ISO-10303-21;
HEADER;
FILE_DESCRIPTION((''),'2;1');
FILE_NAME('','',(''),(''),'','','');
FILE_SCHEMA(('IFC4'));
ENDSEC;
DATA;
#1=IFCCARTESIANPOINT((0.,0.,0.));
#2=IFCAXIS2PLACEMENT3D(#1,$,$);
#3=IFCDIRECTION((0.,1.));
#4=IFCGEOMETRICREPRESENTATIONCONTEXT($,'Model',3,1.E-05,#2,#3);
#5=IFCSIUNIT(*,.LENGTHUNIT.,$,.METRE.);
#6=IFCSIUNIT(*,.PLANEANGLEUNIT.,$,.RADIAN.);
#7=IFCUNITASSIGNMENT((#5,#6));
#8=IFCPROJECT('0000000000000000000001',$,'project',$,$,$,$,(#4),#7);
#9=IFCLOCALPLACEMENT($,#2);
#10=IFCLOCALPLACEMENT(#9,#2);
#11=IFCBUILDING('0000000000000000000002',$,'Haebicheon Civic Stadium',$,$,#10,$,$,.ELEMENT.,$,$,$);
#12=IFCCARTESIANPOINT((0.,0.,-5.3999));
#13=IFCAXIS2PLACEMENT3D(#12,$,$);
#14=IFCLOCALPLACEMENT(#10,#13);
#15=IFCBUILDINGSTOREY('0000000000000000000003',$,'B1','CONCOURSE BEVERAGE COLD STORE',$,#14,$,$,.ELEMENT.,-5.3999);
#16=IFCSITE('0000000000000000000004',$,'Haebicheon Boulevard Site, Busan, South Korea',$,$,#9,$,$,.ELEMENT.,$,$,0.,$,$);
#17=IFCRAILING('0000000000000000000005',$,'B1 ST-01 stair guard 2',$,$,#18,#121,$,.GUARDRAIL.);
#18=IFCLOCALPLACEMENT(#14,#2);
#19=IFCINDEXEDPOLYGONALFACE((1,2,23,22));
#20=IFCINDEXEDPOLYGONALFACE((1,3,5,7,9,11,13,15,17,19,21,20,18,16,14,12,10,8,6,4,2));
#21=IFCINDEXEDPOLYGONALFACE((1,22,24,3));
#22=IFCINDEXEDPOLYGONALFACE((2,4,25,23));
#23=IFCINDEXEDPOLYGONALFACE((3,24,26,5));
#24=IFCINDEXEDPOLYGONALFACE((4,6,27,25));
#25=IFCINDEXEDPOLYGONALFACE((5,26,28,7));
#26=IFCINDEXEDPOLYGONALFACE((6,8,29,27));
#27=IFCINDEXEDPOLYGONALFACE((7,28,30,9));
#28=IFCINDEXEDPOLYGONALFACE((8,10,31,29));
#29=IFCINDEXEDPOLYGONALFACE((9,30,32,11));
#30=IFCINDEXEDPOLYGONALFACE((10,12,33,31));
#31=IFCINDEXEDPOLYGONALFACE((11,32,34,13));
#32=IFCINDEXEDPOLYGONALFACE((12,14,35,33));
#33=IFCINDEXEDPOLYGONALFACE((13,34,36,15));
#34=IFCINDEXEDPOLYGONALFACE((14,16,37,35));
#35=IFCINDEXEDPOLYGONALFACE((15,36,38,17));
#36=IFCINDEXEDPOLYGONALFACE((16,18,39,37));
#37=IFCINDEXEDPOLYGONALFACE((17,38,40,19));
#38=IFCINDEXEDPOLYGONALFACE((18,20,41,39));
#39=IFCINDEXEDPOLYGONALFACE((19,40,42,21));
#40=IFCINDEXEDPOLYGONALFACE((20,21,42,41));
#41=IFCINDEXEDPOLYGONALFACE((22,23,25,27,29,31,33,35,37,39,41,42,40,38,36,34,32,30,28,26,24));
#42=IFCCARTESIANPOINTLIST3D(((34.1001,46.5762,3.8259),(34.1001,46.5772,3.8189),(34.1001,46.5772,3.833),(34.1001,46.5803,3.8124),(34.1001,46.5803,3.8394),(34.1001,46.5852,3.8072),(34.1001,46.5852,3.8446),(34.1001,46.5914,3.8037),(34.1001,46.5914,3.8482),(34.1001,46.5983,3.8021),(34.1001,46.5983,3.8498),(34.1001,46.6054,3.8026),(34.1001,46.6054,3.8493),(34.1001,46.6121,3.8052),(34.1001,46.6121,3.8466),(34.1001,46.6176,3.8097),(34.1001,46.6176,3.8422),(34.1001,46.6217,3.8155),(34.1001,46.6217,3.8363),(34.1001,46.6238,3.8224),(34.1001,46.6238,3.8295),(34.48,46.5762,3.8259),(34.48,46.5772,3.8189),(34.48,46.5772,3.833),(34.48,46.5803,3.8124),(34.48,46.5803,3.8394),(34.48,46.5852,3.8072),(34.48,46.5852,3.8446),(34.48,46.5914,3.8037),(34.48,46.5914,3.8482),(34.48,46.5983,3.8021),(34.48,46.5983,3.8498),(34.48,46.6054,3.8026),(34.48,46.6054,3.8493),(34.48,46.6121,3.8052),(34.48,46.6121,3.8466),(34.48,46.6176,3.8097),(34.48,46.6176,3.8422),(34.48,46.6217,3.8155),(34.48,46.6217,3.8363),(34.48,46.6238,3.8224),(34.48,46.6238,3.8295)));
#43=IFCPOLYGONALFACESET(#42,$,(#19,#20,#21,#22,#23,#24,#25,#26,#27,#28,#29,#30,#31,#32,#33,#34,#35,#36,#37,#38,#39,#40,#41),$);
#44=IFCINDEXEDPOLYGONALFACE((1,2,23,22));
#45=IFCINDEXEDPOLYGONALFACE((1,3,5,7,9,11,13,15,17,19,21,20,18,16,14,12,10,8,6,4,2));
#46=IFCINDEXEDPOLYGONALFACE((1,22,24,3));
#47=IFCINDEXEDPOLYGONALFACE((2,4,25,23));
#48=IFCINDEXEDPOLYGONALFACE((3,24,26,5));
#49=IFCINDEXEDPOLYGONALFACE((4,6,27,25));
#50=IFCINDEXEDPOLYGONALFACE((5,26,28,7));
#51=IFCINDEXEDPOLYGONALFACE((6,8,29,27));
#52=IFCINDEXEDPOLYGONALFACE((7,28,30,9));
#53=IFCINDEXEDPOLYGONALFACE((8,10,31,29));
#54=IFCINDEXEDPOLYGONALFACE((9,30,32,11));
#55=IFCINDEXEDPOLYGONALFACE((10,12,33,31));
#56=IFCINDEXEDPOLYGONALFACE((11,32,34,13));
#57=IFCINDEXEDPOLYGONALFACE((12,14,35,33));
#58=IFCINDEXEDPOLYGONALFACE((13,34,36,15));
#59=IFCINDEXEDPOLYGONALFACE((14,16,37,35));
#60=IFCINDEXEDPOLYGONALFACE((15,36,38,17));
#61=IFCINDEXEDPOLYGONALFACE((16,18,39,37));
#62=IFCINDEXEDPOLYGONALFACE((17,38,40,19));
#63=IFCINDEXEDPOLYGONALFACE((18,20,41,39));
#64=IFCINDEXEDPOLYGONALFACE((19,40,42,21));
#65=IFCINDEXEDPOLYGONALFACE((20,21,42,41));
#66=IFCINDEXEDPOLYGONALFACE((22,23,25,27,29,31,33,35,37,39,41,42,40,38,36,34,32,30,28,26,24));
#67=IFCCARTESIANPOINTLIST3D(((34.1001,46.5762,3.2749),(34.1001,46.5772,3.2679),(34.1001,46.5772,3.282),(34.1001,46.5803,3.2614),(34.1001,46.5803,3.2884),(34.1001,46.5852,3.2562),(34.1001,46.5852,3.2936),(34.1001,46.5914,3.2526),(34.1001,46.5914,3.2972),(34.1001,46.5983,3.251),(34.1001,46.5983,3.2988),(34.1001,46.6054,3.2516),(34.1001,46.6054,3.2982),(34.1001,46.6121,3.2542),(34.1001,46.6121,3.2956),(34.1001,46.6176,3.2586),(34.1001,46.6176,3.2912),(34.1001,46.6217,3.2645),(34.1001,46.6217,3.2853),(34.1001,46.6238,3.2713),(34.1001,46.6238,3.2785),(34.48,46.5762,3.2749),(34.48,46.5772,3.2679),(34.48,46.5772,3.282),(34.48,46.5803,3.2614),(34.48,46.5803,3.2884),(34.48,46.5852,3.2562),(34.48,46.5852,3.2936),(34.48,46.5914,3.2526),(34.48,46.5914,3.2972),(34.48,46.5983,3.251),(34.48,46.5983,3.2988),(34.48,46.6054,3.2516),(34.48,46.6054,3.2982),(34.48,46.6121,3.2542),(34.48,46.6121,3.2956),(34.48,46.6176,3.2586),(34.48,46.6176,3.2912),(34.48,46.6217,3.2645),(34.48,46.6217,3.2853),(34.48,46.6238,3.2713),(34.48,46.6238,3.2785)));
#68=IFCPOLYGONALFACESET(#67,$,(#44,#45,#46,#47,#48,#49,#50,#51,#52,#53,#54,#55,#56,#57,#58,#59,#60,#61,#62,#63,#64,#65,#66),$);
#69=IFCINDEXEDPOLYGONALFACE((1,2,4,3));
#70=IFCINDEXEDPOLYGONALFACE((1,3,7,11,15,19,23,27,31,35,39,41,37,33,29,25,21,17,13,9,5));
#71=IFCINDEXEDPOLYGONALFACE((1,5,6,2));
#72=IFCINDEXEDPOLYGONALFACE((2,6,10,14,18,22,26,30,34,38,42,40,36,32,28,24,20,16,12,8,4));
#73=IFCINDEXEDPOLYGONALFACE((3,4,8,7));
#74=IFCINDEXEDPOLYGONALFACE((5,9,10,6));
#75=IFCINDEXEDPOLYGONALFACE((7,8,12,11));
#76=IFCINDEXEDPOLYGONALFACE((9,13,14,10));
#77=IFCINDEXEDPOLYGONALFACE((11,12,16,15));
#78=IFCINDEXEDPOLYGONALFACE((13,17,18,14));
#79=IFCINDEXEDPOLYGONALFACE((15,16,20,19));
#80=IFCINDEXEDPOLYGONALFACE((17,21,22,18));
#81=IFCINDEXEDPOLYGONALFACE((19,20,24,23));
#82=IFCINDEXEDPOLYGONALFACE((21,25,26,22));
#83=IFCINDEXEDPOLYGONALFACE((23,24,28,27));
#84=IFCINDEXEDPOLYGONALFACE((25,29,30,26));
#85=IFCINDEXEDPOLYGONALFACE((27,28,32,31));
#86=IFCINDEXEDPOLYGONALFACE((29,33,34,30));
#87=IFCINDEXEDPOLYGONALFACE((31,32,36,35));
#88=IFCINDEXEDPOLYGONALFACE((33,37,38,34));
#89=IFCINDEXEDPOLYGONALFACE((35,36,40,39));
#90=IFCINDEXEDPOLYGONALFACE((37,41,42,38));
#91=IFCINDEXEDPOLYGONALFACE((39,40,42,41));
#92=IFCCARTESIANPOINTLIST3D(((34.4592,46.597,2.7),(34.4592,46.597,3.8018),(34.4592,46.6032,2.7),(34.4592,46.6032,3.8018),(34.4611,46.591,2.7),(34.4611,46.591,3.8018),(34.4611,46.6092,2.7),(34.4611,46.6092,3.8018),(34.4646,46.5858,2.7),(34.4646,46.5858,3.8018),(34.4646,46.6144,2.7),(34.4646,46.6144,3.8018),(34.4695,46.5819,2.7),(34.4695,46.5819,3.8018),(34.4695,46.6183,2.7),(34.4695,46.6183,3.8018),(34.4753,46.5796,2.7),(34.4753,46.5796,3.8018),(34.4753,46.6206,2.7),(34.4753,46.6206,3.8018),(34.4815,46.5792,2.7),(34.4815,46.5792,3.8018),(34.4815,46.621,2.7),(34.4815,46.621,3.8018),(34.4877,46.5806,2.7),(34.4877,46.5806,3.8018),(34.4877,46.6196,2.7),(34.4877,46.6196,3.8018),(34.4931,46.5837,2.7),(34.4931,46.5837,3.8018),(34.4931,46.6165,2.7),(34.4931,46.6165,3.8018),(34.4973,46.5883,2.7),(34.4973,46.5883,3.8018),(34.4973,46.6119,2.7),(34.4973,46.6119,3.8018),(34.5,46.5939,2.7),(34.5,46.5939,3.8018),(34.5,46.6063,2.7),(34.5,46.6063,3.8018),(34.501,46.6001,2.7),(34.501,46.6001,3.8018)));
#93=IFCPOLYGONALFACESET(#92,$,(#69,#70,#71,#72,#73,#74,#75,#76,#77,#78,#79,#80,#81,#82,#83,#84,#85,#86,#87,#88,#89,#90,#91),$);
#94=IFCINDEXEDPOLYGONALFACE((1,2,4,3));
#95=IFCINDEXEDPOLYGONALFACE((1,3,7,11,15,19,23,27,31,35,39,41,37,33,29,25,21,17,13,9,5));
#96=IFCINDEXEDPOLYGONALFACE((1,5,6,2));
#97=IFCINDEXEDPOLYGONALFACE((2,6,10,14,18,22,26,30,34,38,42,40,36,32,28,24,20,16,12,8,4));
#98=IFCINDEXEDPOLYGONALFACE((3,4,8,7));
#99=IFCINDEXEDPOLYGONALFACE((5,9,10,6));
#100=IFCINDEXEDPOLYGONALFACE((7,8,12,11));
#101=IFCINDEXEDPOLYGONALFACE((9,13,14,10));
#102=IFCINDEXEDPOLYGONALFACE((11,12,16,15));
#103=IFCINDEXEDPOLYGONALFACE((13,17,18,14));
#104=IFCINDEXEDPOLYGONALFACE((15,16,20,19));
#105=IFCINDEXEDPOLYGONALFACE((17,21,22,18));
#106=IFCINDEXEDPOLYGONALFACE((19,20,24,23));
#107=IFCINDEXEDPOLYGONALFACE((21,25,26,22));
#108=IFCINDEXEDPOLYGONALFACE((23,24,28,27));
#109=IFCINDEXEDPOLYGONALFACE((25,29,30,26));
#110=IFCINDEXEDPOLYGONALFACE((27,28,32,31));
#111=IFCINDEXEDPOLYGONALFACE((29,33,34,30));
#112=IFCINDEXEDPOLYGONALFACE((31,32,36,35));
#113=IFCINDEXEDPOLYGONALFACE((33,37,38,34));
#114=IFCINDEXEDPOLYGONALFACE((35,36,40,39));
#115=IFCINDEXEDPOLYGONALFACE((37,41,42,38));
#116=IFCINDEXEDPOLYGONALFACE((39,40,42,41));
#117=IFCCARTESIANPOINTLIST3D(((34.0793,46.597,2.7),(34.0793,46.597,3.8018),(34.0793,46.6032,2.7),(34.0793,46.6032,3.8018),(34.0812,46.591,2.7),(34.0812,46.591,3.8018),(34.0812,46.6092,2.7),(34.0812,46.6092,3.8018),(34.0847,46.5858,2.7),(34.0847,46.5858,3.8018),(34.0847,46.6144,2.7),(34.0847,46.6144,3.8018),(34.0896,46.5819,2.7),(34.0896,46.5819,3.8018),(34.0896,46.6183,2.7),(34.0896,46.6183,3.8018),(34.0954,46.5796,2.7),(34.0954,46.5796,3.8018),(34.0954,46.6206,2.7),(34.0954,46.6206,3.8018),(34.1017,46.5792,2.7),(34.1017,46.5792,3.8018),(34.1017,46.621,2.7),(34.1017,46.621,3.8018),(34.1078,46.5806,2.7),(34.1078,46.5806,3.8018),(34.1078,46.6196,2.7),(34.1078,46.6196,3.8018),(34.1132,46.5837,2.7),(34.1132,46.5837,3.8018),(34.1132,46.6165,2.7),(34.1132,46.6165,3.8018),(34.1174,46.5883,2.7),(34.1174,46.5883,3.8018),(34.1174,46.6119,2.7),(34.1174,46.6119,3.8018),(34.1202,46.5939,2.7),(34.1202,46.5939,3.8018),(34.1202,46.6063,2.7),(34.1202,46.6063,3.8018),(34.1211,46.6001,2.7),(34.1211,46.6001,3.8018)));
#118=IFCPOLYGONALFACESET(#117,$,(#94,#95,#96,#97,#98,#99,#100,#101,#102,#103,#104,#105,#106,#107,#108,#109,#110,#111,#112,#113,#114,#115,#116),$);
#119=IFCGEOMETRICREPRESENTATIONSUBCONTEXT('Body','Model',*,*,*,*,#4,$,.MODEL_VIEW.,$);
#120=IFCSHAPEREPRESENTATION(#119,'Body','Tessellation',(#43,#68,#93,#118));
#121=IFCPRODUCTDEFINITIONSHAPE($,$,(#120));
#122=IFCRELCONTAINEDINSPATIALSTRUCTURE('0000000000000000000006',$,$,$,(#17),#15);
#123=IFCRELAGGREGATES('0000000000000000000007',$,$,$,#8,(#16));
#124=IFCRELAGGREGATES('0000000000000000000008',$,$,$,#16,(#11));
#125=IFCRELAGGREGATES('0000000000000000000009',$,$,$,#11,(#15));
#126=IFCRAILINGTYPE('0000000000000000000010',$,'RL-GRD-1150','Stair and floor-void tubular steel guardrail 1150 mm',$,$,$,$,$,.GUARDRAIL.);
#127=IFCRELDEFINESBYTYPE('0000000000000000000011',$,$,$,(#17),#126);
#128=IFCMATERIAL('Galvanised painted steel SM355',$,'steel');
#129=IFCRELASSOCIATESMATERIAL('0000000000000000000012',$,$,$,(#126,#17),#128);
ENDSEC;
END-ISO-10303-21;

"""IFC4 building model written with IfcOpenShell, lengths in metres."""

from ifc_helpers import new_model, si_unit, direction, frame, origin, origin_2d, place, context, subcontext, project, spatial, circle, extrude, material, type_object, element, save


model = new_model("IFC4")

# Units and contexts
model_context = context("Model", 3, precision=1e-05, world=origin(), true_north=direction((0.0, 1.0)))
body_context = subcontext(model_context, "Body", "Model", "MODEL_VIEW")
ifc_project = project(units=[si_unit("LENGTHUNIT", "METRE"), si_unit("PLANEANGLEUNIT", "RADIAN")], contexts=[model_context])

# Site, building, storey
site_placement = place(None, origin())
site = spatial("IfcSite", under=ifc_project, at=site_placement, Name="Haebicheon Boulevard Site, Busan, South Korea", CompositionType="ELEMENT", RefElevation=0.0)
building_placement = place(site_placement, origin())
building = spatial("IfcBuilding", under=site, at=building_placement, Name="Haebicheon Civic Stadium", CompositionType="ELEMENT")
storey_placement = place(building_placement, frame((0.0, 0.0, -5.3999)))
storey = spatial("IfcBuildingStorey", under=building, at=storey_placement, Name="B1", Description="CONCOURSE BEVERAGE COLD STORE", CompositionType="ELEMENT", Elevation=-5.3999)

# Railing
ifc_material_1 = material(Name="Galvanised painted steel SM355", Category="steel")
railing_type = type_object("IfcRailingType", Name="RL-GRD-1150", Description="Stair and floor-void tubular steel guardrail 1150 mm", PredefinedType="GUARDRAIL", material=ifc_material_1)
railing_1_placement = place(storey_placement, frame((34.48, 46.6001, 2.7)))
element("IfcRailing", 1, at=railing_1_placement, inside=storey, type_object=railing_type, material=ifc_material_1, Name="B1 ST-01 stair guard 2", PredefinedType="GUARDRAIL", context=body_context, shape_type="SweptSolid", body=[
    extrude(circle(Radius=0.0239, at=origin_2d()), frame((0.0, 0.0, 1.126), z_axis=(-1.0, 0.0, 0.0), x_axis=(0.0, -1.0, 0.0)), (0.0, 0.0, 1.0), 0.3799),
    extrude(circle(Radius=0.0239, at=origin_2d()), frame((0.0, 0.0, 0.575), z_axis=(-1.0, 0.0, 0.0), x_axis=(0.0, -1.0, 0.0)), (0.0, 0.0, 1.0), 0.3799),
    extrude(circle(Radius=0.021, at=origin_2d()), origin(), (0.0, 0.0, 1.0), 1.1018),
    extrude(circle(Radius=0.021, at=origin_2d()), frame((-0.3799, 0.0, 0.0)), (0.0, 0.0, 1.0), 1.1018),
])

save(model, "model.ifc")
